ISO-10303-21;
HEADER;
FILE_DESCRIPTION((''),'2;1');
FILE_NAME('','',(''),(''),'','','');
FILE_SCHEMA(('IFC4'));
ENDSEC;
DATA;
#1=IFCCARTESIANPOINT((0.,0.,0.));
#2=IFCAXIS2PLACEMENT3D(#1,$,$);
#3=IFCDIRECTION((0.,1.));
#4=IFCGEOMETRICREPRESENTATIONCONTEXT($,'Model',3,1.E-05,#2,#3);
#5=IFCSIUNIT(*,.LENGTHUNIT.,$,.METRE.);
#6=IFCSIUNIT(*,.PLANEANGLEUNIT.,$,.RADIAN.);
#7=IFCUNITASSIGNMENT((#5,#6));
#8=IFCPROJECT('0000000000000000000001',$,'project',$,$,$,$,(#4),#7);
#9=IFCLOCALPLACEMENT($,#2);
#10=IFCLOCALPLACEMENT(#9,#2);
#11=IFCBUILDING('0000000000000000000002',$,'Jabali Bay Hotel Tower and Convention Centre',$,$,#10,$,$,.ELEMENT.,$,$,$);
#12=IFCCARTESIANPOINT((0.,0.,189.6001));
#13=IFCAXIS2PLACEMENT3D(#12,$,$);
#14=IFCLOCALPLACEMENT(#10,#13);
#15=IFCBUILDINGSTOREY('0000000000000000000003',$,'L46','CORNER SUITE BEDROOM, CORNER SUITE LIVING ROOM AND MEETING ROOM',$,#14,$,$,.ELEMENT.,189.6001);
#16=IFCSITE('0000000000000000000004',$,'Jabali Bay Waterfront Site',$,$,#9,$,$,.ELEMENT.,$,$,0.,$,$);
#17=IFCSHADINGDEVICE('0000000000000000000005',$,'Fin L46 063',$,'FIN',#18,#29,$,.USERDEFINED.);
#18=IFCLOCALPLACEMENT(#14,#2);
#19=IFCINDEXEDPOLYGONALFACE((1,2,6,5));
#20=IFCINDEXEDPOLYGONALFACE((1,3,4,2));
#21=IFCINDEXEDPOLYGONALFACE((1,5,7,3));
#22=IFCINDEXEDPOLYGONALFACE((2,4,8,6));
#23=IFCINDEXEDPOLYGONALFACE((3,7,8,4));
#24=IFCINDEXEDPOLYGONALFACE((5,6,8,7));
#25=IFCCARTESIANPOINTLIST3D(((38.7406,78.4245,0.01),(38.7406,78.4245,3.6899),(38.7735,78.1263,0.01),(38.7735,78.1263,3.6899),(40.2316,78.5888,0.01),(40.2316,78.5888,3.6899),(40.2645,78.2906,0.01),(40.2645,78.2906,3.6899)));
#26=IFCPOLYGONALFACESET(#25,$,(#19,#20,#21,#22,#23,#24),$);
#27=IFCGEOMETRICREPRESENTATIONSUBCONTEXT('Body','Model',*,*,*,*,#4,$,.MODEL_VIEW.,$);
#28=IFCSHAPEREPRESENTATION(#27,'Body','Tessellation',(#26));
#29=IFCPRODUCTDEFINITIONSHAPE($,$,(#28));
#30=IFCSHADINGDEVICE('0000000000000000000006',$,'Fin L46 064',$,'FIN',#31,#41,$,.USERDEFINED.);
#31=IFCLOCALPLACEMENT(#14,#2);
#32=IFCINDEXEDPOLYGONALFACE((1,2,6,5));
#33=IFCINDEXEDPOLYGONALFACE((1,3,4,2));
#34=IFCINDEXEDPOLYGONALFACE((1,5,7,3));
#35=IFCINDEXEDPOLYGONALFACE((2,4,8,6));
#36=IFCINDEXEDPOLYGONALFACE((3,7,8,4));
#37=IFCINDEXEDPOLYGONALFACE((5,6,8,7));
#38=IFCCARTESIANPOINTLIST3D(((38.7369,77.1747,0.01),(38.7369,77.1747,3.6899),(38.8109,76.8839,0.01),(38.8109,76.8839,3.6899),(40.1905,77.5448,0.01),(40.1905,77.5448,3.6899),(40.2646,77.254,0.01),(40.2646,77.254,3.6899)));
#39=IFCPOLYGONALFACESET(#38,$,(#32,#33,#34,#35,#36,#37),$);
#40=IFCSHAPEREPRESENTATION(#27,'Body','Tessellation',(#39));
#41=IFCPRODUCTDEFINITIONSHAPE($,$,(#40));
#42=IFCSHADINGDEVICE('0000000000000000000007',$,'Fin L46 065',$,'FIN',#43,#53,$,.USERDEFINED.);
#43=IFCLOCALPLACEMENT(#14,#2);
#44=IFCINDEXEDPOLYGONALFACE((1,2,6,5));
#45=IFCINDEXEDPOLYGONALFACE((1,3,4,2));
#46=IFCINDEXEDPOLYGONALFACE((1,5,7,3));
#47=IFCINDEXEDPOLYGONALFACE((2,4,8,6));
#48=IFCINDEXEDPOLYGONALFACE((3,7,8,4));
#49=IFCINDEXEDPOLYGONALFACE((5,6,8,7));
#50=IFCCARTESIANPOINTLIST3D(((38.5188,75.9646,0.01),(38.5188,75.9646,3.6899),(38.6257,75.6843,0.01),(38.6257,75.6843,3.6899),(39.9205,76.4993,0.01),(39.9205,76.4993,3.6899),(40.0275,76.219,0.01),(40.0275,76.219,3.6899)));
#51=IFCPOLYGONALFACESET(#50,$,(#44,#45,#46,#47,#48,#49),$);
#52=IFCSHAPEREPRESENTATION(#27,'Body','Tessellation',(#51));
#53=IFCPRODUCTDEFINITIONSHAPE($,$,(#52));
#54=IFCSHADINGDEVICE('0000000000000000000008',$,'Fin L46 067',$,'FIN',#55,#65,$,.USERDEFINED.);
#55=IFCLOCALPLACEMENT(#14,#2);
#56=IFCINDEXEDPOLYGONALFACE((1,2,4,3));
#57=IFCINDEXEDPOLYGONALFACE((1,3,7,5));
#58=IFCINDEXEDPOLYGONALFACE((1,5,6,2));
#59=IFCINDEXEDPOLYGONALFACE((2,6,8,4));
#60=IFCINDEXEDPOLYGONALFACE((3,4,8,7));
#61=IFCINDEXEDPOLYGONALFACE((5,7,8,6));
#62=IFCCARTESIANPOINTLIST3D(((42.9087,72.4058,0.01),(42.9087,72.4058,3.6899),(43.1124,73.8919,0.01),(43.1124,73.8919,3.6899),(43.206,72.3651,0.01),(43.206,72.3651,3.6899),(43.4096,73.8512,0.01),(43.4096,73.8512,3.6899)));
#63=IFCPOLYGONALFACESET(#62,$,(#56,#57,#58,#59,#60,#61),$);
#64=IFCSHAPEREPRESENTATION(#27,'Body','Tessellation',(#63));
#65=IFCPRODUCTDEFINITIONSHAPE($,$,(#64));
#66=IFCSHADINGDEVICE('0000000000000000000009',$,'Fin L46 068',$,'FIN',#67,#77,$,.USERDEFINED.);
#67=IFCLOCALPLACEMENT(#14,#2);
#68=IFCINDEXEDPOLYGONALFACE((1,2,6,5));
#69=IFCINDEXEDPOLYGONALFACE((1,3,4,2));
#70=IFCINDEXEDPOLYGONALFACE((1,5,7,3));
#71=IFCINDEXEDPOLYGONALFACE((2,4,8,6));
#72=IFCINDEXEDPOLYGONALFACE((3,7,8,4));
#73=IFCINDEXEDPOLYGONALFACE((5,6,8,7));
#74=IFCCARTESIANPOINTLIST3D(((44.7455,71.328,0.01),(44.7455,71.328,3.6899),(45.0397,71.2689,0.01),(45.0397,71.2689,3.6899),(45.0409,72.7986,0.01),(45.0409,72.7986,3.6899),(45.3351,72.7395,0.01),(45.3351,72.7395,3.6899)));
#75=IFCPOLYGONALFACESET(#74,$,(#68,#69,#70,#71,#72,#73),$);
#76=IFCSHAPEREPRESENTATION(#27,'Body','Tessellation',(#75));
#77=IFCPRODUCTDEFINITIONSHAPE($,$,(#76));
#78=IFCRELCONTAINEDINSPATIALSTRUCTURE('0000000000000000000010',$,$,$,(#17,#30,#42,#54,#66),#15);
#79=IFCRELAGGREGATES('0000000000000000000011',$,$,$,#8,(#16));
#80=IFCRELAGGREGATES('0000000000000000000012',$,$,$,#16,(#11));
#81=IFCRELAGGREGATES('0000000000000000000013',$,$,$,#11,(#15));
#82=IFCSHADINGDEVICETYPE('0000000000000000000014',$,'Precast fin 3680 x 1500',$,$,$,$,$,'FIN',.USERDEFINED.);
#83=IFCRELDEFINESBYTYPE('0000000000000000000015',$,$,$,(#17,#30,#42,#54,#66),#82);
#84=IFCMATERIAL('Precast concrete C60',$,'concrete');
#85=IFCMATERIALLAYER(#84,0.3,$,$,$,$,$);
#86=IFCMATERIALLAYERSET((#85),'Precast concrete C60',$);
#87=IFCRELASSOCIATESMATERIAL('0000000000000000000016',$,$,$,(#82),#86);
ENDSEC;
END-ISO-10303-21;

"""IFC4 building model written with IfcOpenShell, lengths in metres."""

from ifc_helpers import new_model, si_unit, direction, frame, frame_2d, origin, place, context, subcontext, project, spatial, rectangle, extrude, material, layer, layer_set, type_object, element, save


model = new_model("IFC4")

# Units and contexts
model_context = context("Model", 3, precision=1e-05, world=origin(), true_north=direction((0.0, 1.0)))
body_context = subcontext(model_context, "Body", "Model", "MODEL_VIEW")
ifc_project = project(units=[si_unit("LENGTHUNIT", "METRE"), si_unit("PLANEANGLEUNIT", "RADIAN")], contexts=[model_context])

# Site, building, storey
site_placement = place(None, origin())
site = spatial("IfcSite", under=ifc_project, at=site_placement, Name="Jabali Bay Waterfront Site", CompositionType="ELEMENT", RefElevation=0.0)
building_placement = place(site_placement, origin())
building = spatial("IfcBuilding", under=site, at=building_placement, Name="Jabali Bay Hotel Tower and Convention Centre", CompositionType="ELEMENT")
storey_placement = place(building_placement, frame((0.0, 0.0, 189.6001)))
storey = spatial("IfcBuildingStorey", under=building, at=storey_placement, Name="L46", Description="CORNER SUITE BEDROOM, CORNER SUITE LIVING ROOM AND MEETING ROOM", CompositionType="ELEMENT", Elevation=189.6001)

# Shading devices
ifc_material_1 = material(Name="Precast concrete C60", Category="concrete")
ifc_layer_1 = layer(ifc_material_1, 0.3)
ifc_layer_set_1 = layer_set([ifc_layer_1], Name="Precast concrete C60")
shading_device_type_1 = type_object("IfcShadingDeviceType", Name="Precast fin 3680 x 1500", ElementType="FIN", PredefinedType="USERDEFINED", material=ifc_layer_set_1)
for number, where, z_axis, x_axis, name in (
    (1, (40.248, 78.4397, 0.01), (0.0, 0.0, 1.0), (-0.993983, -0.109538, 0.0), "Fin L46 063"),
    (2, (40.2275, 77.3994, 0.01), (0.0, 0.0, 1.0), (-0.96908, -0.246746, 0.0), "Fin L46 064"),
):
    element("IfcShadingDevice", number, at=place(storey_placement, frame(where, z_axis=z_axis, x_axis=x_axis)), inside=storey, type_object=shading_device_type_1, Name=name, ObjectType="FIN", PredefinedType="USERDEFINED", context=body_context, shape_type="SweptSolid", body=[
        extrude(rectangle(XDim=1.5, YDim=0.3, at=frame_2d((0.75, 0.0))), origin(), (0.0, 0.0, 1.0), 3.6799),
    ])
shading_device_placement = place(storey_placement, frame((39.9739, 76.3591, 0.01), z_axis=(0.0, 0.0, 1.0), x_axis=(-0.934328, -0.356415, 0.0)))
element("IfcShadingDevice", 3, at=shading_device_placement, inside=storey, type_object=shading_device_type_1, Name="Fin L46 065", ObjectType="FIN", PredefinedType="USERDEFINED", context=body_context, shape_type="SweptSolid", body=[
    extrude(rectangle(XDim=1.5002, YDim=0.3, at=frame_2d((0.75, 0.0))), origin(), (0.0, 0.0, 1.0), 3.6799),
])
for number, where, z_axis, x_axis, name in (
    (4, (43.261, 73.8716, 0.01), (0.0, 0.0, 1.0), (-0.135745, -0.990744, 0.0), "Fin L46 067"),
    (5, (45.188, 72.769, 0.01), (0.0, 0.0, 1.0), (-0.19693, -0.980418, 0.0), "Fin L46 068"),
):
    element("IfcShadingDevice", number, at=place(storey_placement, frame(where, z_axis=z_axis, x_axis=x_axis)), inside=storey, type_object=shading_device_type_1, Name=name, ObjectType="FIN", PredefinedType="USERDEFINED", context=body_context, shape_type="SweptSolid", body=[
        extrude(rectangle(XDim=1.5, YDim=0.3, at=frame_2d((0.75, 0.0))), origin(), (0.0, 0.0, 1.0), 3.6799),
    ])

save(model, "model.ifc")
